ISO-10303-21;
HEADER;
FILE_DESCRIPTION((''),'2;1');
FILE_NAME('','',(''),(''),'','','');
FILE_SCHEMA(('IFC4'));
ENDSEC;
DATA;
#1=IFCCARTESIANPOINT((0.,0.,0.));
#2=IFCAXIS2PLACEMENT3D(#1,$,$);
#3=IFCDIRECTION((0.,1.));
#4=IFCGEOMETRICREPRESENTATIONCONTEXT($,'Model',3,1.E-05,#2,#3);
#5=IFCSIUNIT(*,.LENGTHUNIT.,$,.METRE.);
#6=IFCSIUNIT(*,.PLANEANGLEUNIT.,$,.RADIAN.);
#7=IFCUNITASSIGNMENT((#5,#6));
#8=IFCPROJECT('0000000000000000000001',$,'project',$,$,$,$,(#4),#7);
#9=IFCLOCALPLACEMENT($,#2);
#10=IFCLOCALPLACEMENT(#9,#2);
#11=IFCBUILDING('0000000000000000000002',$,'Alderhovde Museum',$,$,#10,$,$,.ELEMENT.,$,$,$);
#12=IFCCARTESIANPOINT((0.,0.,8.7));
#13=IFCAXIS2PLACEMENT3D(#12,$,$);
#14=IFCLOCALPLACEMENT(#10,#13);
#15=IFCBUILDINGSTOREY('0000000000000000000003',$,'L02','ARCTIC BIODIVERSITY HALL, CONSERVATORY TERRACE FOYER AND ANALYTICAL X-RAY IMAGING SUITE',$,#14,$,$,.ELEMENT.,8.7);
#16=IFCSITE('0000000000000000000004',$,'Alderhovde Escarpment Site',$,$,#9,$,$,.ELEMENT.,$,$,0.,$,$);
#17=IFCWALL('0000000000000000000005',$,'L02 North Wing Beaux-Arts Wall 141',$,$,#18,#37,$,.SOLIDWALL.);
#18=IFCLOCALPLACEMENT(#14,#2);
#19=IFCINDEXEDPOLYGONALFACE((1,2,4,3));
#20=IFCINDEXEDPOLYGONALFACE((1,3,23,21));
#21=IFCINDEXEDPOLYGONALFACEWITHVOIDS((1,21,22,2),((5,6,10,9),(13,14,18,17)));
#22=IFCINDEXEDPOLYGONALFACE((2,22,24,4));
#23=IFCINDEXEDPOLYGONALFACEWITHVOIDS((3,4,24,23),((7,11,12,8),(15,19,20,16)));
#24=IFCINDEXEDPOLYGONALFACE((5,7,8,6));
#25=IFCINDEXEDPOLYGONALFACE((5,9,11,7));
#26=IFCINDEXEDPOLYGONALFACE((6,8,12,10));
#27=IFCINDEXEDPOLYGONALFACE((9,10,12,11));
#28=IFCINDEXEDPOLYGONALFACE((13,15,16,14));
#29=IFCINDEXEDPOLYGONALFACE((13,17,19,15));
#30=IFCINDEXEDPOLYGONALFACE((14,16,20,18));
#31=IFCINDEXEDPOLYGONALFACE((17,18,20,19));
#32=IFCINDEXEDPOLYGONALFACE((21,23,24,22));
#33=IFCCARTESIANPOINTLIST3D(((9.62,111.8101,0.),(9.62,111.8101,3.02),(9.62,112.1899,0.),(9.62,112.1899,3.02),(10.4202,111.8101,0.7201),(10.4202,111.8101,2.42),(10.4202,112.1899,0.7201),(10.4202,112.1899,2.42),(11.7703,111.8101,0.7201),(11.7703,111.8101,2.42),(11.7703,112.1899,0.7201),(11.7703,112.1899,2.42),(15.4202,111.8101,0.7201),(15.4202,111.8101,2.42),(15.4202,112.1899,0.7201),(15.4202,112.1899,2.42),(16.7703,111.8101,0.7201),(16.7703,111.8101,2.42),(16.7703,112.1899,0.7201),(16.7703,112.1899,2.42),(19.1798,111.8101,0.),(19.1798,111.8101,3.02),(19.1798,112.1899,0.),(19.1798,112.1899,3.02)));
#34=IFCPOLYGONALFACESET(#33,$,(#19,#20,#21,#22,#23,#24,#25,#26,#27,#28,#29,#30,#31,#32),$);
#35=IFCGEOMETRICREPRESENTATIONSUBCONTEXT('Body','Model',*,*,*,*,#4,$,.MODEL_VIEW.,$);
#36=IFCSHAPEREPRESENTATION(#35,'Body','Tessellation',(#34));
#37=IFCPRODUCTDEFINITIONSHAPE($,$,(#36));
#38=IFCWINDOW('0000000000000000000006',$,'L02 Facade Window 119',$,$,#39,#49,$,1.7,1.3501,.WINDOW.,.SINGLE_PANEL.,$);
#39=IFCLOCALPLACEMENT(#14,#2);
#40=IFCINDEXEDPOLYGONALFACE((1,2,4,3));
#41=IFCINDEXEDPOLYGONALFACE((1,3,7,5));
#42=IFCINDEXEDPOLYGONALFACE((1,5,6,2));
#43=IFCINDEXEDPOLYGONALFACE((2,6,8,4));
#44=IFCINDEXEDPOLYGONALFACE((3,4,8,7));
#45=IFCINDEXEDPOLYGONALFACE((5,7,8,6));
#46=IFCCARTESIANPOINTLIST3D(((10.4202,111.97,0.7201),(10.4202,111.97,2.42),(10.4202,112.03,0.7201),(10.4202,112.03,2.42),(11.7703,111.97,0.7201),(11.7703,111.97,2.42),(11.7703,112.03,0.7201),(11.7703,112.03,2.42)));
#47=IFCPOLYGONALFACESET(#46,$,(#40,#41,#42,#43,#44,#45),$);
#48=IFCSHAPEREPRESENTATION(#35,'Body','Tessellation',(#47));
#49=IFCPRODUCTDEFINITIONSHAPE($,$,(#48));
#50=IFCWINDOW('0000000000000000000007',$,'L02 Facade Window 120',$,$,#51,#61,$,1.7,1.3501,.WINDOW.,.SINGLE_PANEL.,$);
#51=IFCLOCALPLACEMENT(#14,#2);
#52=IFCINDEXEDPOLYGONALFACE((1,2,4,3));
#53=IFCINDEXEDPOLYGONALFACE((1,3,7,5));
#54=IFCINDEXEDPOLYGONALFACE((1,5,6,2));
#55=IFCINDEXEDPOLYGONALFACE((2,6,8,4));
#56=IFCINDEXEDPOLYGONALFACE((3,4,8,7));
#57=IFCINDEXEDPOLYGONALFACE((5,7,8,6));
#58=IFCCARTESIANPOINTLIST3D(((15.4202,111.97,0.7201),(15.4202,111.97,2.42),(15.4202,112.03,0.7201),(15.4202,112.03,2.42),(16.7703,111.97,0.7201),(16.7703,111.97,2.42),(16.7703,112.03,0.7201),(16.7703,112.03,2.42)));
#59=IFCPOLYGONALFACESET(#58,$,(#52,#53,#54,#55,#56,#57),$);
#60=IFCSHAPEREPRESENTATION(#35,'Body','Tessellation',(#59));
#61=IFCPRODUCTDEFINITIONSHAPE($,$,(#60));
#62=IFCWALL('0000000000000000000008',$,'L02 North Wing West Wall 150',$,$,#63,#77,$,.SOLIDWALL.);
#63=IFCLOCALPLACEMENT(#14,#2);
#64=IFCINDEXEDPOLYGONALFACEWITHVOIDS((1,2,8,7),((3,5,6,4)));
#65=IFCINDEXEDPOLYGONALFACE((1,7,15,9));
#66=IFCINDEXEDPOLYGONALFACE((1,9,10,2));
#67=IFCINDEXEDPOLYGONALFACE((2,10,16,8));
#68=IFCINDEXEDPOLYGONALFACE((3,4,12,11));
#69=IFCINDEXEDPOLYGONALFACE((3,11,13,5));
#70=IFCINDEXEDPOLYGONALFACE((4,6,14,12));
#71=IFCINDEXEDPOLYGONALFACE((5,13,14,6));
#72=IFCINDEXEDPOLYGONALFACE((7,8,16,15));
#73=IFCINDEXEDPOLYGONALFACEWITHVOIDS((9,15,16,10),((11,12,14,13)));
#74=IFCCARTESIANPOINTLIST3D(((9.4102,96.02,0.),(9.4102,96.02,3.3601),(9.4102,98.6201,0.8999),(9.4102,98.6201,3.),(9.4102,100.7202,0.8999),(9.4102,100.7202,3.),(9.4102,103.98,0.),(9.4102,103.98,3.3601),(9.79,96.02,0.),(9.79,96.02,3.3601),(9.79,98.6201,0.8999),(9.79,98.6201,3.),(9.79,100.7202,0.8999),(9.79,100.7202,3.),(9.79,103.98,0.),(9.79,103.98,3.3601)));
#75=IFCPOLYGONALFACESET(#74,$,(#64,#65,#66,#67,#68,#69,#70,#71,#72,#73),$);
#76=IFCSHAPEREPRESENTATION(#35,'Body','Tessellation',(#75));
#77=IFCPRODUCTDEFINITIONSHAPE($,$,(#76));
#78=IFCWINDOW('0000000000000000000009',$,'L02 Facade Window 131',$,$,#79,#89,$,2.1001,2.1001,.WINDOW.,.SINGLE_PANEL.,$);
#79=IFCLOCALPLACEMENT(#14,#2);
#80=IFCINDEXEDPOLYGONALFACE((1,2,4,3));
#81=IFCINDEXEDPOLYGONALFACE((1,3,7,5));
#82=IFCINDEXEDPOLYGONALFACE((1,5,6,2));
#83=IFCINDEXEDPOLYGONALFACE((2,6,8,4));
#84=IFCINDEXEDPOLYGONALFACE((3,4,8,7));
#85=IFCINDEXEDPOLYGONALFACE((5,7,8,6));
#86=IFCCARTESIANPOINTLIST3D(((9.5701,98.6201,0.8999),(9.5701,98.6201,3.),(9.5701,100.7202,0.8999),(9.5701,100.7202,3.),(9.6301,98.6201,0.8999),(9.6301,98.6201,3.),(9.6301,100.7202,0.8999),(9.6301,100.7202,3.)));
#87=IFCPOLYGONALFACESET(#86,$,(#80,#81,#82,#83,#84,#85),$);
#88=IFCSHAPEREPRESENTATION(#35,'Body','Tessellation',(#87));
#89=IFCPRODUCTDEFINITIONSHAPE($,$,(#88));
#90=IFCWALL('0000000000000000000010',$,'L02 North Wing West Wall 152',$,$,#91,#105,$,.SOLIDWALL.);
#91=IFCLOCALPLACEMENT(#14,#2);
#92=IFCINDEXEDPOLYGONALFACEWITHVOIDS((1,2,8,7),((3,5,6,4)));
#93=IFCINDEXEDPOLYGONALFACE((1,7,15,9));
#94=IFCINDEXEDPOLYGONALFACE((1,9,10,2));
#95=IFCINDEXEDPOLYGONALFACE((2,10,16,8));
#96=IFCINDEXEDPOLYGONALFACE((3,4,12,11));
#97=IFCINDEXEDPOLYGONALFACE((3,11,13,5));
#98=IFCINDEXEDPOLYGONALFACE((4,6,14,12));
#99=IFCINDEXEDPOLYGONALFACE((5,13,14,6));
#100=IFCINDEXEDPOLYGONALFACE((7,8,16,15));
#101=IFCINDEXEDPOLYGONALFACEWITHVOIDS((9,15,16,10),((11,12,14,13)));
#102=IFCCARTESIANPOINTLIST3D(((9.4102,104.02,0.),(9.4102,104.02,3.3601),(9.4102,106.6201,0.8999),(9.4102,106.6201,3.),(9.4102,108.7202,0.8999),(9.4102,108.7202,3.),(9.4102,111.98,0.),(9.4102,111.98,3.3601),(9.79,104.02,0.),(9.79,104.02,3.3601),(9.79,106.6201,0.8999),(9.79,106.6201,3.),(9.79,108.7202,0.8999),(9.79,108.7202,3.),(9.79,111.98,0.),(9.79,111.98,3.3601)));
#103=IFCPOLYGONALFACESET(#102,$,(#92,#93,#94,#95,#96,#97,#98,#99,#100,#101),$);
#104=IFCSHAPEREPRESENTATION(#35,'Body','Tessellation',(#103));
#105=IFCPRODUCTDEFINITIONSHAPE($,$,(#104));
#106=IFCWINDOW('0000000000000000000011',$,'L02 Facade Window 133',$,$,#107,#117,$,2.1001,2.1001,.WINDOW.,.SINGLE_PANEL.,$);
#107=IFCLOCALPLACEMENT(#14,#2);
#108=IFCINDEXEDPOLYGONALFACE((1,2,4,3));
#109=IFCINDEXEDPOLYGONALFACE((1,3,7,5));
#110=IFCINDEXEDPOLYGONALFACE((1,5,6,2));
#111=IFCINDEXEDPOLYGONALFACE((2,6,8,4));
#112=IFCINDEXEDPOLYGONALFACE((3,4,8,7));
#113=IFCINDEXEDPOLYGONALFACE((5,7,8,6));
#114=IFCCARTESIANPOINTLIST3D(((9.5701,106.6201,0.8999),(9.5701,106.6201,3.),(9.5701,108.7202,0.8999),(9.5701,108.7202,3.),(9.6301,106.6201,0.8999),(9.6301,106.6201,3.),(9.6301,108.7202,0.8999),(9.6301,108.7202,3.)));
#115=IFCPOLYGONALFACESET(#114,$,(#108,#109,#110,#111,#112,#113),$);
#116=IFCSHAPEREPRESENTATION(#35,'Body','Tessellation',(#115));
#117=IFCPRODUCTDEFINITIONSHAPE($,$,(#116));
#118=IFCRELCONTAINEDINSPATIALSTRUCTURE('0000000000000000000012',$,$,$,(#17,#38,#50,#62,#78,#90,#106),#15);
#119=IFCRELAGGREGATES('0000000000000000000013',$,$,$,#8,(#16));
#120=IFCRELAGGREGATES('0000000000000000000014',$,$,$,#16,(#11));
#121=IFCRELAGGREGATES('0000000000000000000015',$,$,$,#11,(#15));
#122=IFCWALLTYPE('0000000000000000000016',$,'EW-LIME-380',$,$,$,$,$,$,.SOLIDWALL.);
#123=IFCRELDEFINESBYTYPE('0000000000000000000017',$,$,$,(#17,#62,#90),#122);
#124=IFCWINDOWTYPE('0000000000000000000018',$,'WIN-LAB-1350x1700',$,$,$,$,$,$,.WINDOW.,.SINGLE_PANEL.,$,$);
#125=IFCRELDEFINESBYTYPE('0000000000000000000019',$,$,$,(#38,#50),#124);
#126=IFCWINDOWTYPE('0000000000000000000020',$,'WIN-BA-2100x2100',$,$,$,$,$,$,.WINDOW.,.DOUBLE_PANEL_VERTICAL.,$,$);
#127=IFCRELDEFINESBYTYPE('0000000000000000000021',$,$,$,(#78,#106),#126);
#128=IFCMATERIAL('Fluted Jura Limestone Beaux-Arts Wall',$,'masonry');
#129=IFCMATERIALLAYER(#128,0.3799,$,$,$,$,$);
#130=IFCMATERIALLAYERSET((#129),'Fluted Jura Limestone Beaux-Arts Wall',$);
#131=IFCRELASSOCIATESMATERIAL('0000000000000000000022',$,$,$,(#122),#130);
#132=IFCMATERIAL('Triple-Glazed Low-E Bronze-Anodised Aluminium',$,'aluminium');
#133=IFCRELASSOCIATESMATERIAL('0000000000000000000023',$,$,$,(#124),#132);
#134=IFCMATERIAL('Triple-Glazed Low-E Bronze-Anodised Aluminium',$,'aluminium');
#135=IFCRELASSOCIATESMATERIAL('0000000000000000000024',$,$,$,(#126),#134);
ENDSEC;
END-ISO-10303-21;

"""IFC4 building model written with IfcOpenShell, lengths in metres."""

from ifc_helpers import new_model, si_unit, direction, frame, frame_2d, origin, place, context, subcontext, project, spatial, rectangle, extrude, material, layer, layer_set, type_object, element, fill, save


model = new_model("IFC4")

# Units and contexts
model_context = context("Model", 3, precision=1e-05, world=origin(), true_north=direction((0.0, 1.0)))
body_context = subcontext(model_context, "Body", "Model", "MODEL_VIEW")
ifc_project = project(units=[si_unit("LENGTHUNIT", "METRE"), si_unit("PLANEANGLEUNIT", "RADIAN")], contexts=[model_context])

# Site, building, storey
site_placement = place(None, origin())
site = spatial("IfcSite", under=ifc_project, at=site_placement, Name="Alderhovde Escarpment Site", CompositionType="ELEMENT", RefElevation=0.0)
building_placement = place(site_placement, origin())
building = spatial("IfcBuilding", under=site, at=building_placement, Name="Alderhovde Museum", CompositionType="ELEMENT")
storey_placement = place(building_placement, frame((0.0, 0.0, 8.7)))
storey = spatial("IfcBuildingStorey", under=building, at=storey_placement, Name="L02", Description="ARCTIC BIODIVERSITY HALL, CONSERVATORY TERRACE FOYER AND ANALYTICAL X-RAY IMAGING SUITE", CompositionType="ELEMENT", Elevation=8.7)

# Wall, openings, windows
ifc_material_1 = material(Name="Fluted Jura Limestone Beaux-Arts Wall", Category="masonry")
ifc_layer = layer(ifc_material_1, 0.3799)
ifc_layer_set = layer_set([ifc_layer], Name="Fluted Jura Limestone Beaux-Arts Wall")
wall_type = type_object("IfcWallType", Name="EW-LIME-380", PredefinedType="SOLIDWALL", material=ifc_layer_set)
wall_1_placement = place(storey_placement, frame((9.6201, 112.0, 0.0), z_axis=(0.0, 0.0, 1.0), x_axis=(1.0, 0.0, 0.0)))
wall_1 = element("IfcWall", 1, at=wall_1_placement, inside=storey, type_object=wall_type, Name="L02 North Wing Beaux-Arts Wall 141", PredefinedType="SOLIDWALL", context=body_context, shape_type="SweptSolid", body=[
    extrude(rectangle(XDim=9.5598, YDim=0.3799, at=frame_2d((4.7798, 0.0))), origin(), (0.0, 0.0, 1.0), 3.02),
])
opening_1_placement = place(wall_1_placement, frame((0.8, 0.0, 0.72)))
opening_1 = element("IfcOpeningElement", 2, at=opening_1_placement, cuts=wall_1, PredefinedType="OPENING", context=body_context, shape_type="SweptSolid", body=[
    extrude(rectangle(XDim=1.3501, YDim=1.7, at=frame_2d((0.675, 0.8501))), frame((0.0, 0.2, 0.0), z_axis=(0.0, -1.0, 0.0), x_axis=(1.0, 0.0, 0.0)), (0.0, 0.0, 1.0), 0.3999),
])
opening_2_placement = place(wall_1_placement, frame((5.8, 0.0, 0.72)))
opening_2 = element("IfcOpeningElement", 3, at=opening_2_placement, cuts=wall_1, PredefinedType="OPENING", context=body_context, shape_type="SweptSolid", body=[
    extrude(rectangle(XDim=1.3501, YDim=1.7, at=frame_2d((0.675, 0.8501))), frame((0.0, 0.2, 0.0), z_axis=(0.0, -1.0, 0.0), x_axis=(1.0, 0.0, 0.0)), (0.0, 0.0, 1.0), 0.3999),
])
ifc_material_2 = material(Name="Triple-Glazed Low-E Bronze-Anodised Aluminium", Category="aluminium")
window_type_1 = type_object("IfcWindowType", Name="WIN-LAB-1350x1700", PartitioningType="SINGLE_PANEL", PredefinedType="WINDOW", material=ifc_material_2)
window_1_placement = place(opening_1_placement, origin())
window_1 = element("IfcWindow", 4, at=window_1_placement, inside=storey, type_object=window_type_1, Name="L02 Facade Window 119", OverallHeight=1.7, OverallWidth=1.3501, PartitioningType="SINGLE_PANEL", PredefinedType="WINDOW", context=body_context, shape_type="SweptSolid", body=[
    extrude(rectangle(XDim=1.3501, YDim=1.7, at=frame_2d((0.675, 0.8501))), frame((0.0, 0.03, 0.0), z_axis=(0.0, -1.0, 0.0), x_axis=(1.0, 0.0, 0.0)), (0.0, 0.0, 1.0), 0.0601),
])
fill(opening_1, window_1)
window_2_placement = place(opening_2_placement, origin())
window_2 = element("IfcWindow", 5, at=window_2_placement, inside=storey, type_object=window_type_1, Name="L02 Facade Window 120", OverallHeight=1.7, OverallWidth=1.3501, PartitioningType="SINGLE_PANEL", PredefinedType="WINDOW", context=body_context, shape_type="SweptSolid", body=[
    extrude(rectangle(XDim=1.3501, YDim=1.7, at=frame_2d((0.675, 0.8501))), frame((0.0, 0.03, 0.0), z_axis=(0.0, -1.0, 0.0), x_axis=(1.0, 0.0, 0.0)), (0.0, 0.0, 1.0), 0.0601),
])
fill(opening_2, window_2)

# Walls, openings, windows
wall_2_placement = place(storey_placement, frame((9.6001, 96.02, 0.0), z_axis=(0.0, 0.0, 1.0), x_axis=(0.0, 1.0, 0.0)))
wall_2 = element("IfcWall", 6, at=wall_2_placement, inside=storey, type_object=wall_type, Name="L02 North Wing West Wall 150", PredefinedType="SOLIDWALL", context=body_context, shape_type="SweptSolid", body=[
    extrude(rectangle(XDim=7.96, YDim=0.3799, at=frame_2d((3.98, 0.0))), origin(), (0.0, 0.0, 1.0), 3.3601),
])
opening_3_placement = place(wall_2_placement, frame((2.6001, 0.0, 0.8999)))
opening_3 = element("IfcOpeningElement", 7, at=opening_3_placement, cuts=wall_2, PredefinedType="OPENING", context=body_context, shape_type="SweptSolid", body=[
    extrude(rectangle(XDim=2.1001, YDim=2.1001, at=frame_2d((1.05, 1.05))), frame((0.0, 0.2, 0.0), z_axis=(0.0, -1.0, 0.0), x_axis=(1.0, 0.0, 0.0)), (0.0, 0.0, 1.0), 0.3999),
])
ifc_material_3 = material(Name="Triple-Glazed Low-E Bronze-Anodised Aluminium", Category="aluminium")
window_type_2 = type_object("IfcWindowType", Name="WIN-BA-2100x2100", PartitioningType="DOUBLE_PANEL_VERTICAL", PredefinedType="WINDOW", material=ifc_material_3)
window_3_placement = place(opening_3_placement, origin())
window_3 = element("IfcWindow", 8, at=window_3_placement, inside=storey, type_object=window_type_2, Name="L02 Facade Window 131", OverallHeight=2.1001, OverallWidth=2.1001, PartitioningType="SINGLE_PANEL", PredefinedType="WINDOW", context=body_context, shape_type="SweptSolid", body=[
    extrude(rectangle(XDim=2.1001, YDim=2.1001, at=frame_2d((1.05, 1.05))), frame((0.0, 0.03, 0.0), z_axis=(0.0, -1.0, 0.0), x_axis=(1.0, 0.0, 0.0)), (0.0, 0.0, 1.0), 0.0601),
])
fill(opening_3, window_3)
wall_3_placement = place(storey_placement, frame((9.6001, 104.02, 0.0), z_axis=(0.0, 0.0, 1.0), x_axis=(0.0, 1.0, 0.0)))
wall_3 = element("IfcWall", 9, at=wall_3_placement, inside=storey, type_object=wall_type, Name="L02 North Wing West Wall 152", PredefinedType="SOLIDWALL", context=body_context, shape_type="SweptSolid", body=[
    extrude(rectangle(XDim=7.96, YDim=0.3799, at=frame_2d((3.98, 0.0))), origin(), (0.0, 0.0, 1.0), 3.3601),
])
opening_4_placement = place(wall_3_placement, frame((2.6001, 0.0, 0.8999)))
opening_4 = element("IfcOpeningElement", 10, at=opening_4_placement, cuts=wall_3, PredefinedType="OPENING", context=body_context, shape_type="SweptSolid", body=[
    extrude(rectangle(XDim=2.1001, YDim=2.1001, at=frame_2d((1.05, 1.05))), frame((0.0, 0.2, 0.0), z_axis=(0.0, -1.0, 0.0), x_axis=(1.0, 0.0, 0.0)), (0.0, 0.0, 1.0), 0.3999),
])
window_4_placement = place(opening_4_placement, origin())
window_4 = element("IfcWindow", 11, at=window_4_placement, inside=storey, type_object=window_type_2, Name="L02 Facade Window 133", OverallHeight=2.1001, OverallWidth=2.1001, PartitioningType="SINGLE_PANEL", PredefinedType="WINDOW", context=body_context, shape_type="SweptSolid", body=[
    extrude(rectangle(XDim=2.1001, YDim=2.1001, at=frame_2d((1.05, 1.05))), frame((0.0, 0.03, 0.0), z_axis=(0.0, -1.0, 0.0), x_axis=(1.0, 0.0, 0.0)), (0.0, 0.0, 1.0), 0.0601),
])
fill(opening_4, window_4)

save(model, "model.ifc")
